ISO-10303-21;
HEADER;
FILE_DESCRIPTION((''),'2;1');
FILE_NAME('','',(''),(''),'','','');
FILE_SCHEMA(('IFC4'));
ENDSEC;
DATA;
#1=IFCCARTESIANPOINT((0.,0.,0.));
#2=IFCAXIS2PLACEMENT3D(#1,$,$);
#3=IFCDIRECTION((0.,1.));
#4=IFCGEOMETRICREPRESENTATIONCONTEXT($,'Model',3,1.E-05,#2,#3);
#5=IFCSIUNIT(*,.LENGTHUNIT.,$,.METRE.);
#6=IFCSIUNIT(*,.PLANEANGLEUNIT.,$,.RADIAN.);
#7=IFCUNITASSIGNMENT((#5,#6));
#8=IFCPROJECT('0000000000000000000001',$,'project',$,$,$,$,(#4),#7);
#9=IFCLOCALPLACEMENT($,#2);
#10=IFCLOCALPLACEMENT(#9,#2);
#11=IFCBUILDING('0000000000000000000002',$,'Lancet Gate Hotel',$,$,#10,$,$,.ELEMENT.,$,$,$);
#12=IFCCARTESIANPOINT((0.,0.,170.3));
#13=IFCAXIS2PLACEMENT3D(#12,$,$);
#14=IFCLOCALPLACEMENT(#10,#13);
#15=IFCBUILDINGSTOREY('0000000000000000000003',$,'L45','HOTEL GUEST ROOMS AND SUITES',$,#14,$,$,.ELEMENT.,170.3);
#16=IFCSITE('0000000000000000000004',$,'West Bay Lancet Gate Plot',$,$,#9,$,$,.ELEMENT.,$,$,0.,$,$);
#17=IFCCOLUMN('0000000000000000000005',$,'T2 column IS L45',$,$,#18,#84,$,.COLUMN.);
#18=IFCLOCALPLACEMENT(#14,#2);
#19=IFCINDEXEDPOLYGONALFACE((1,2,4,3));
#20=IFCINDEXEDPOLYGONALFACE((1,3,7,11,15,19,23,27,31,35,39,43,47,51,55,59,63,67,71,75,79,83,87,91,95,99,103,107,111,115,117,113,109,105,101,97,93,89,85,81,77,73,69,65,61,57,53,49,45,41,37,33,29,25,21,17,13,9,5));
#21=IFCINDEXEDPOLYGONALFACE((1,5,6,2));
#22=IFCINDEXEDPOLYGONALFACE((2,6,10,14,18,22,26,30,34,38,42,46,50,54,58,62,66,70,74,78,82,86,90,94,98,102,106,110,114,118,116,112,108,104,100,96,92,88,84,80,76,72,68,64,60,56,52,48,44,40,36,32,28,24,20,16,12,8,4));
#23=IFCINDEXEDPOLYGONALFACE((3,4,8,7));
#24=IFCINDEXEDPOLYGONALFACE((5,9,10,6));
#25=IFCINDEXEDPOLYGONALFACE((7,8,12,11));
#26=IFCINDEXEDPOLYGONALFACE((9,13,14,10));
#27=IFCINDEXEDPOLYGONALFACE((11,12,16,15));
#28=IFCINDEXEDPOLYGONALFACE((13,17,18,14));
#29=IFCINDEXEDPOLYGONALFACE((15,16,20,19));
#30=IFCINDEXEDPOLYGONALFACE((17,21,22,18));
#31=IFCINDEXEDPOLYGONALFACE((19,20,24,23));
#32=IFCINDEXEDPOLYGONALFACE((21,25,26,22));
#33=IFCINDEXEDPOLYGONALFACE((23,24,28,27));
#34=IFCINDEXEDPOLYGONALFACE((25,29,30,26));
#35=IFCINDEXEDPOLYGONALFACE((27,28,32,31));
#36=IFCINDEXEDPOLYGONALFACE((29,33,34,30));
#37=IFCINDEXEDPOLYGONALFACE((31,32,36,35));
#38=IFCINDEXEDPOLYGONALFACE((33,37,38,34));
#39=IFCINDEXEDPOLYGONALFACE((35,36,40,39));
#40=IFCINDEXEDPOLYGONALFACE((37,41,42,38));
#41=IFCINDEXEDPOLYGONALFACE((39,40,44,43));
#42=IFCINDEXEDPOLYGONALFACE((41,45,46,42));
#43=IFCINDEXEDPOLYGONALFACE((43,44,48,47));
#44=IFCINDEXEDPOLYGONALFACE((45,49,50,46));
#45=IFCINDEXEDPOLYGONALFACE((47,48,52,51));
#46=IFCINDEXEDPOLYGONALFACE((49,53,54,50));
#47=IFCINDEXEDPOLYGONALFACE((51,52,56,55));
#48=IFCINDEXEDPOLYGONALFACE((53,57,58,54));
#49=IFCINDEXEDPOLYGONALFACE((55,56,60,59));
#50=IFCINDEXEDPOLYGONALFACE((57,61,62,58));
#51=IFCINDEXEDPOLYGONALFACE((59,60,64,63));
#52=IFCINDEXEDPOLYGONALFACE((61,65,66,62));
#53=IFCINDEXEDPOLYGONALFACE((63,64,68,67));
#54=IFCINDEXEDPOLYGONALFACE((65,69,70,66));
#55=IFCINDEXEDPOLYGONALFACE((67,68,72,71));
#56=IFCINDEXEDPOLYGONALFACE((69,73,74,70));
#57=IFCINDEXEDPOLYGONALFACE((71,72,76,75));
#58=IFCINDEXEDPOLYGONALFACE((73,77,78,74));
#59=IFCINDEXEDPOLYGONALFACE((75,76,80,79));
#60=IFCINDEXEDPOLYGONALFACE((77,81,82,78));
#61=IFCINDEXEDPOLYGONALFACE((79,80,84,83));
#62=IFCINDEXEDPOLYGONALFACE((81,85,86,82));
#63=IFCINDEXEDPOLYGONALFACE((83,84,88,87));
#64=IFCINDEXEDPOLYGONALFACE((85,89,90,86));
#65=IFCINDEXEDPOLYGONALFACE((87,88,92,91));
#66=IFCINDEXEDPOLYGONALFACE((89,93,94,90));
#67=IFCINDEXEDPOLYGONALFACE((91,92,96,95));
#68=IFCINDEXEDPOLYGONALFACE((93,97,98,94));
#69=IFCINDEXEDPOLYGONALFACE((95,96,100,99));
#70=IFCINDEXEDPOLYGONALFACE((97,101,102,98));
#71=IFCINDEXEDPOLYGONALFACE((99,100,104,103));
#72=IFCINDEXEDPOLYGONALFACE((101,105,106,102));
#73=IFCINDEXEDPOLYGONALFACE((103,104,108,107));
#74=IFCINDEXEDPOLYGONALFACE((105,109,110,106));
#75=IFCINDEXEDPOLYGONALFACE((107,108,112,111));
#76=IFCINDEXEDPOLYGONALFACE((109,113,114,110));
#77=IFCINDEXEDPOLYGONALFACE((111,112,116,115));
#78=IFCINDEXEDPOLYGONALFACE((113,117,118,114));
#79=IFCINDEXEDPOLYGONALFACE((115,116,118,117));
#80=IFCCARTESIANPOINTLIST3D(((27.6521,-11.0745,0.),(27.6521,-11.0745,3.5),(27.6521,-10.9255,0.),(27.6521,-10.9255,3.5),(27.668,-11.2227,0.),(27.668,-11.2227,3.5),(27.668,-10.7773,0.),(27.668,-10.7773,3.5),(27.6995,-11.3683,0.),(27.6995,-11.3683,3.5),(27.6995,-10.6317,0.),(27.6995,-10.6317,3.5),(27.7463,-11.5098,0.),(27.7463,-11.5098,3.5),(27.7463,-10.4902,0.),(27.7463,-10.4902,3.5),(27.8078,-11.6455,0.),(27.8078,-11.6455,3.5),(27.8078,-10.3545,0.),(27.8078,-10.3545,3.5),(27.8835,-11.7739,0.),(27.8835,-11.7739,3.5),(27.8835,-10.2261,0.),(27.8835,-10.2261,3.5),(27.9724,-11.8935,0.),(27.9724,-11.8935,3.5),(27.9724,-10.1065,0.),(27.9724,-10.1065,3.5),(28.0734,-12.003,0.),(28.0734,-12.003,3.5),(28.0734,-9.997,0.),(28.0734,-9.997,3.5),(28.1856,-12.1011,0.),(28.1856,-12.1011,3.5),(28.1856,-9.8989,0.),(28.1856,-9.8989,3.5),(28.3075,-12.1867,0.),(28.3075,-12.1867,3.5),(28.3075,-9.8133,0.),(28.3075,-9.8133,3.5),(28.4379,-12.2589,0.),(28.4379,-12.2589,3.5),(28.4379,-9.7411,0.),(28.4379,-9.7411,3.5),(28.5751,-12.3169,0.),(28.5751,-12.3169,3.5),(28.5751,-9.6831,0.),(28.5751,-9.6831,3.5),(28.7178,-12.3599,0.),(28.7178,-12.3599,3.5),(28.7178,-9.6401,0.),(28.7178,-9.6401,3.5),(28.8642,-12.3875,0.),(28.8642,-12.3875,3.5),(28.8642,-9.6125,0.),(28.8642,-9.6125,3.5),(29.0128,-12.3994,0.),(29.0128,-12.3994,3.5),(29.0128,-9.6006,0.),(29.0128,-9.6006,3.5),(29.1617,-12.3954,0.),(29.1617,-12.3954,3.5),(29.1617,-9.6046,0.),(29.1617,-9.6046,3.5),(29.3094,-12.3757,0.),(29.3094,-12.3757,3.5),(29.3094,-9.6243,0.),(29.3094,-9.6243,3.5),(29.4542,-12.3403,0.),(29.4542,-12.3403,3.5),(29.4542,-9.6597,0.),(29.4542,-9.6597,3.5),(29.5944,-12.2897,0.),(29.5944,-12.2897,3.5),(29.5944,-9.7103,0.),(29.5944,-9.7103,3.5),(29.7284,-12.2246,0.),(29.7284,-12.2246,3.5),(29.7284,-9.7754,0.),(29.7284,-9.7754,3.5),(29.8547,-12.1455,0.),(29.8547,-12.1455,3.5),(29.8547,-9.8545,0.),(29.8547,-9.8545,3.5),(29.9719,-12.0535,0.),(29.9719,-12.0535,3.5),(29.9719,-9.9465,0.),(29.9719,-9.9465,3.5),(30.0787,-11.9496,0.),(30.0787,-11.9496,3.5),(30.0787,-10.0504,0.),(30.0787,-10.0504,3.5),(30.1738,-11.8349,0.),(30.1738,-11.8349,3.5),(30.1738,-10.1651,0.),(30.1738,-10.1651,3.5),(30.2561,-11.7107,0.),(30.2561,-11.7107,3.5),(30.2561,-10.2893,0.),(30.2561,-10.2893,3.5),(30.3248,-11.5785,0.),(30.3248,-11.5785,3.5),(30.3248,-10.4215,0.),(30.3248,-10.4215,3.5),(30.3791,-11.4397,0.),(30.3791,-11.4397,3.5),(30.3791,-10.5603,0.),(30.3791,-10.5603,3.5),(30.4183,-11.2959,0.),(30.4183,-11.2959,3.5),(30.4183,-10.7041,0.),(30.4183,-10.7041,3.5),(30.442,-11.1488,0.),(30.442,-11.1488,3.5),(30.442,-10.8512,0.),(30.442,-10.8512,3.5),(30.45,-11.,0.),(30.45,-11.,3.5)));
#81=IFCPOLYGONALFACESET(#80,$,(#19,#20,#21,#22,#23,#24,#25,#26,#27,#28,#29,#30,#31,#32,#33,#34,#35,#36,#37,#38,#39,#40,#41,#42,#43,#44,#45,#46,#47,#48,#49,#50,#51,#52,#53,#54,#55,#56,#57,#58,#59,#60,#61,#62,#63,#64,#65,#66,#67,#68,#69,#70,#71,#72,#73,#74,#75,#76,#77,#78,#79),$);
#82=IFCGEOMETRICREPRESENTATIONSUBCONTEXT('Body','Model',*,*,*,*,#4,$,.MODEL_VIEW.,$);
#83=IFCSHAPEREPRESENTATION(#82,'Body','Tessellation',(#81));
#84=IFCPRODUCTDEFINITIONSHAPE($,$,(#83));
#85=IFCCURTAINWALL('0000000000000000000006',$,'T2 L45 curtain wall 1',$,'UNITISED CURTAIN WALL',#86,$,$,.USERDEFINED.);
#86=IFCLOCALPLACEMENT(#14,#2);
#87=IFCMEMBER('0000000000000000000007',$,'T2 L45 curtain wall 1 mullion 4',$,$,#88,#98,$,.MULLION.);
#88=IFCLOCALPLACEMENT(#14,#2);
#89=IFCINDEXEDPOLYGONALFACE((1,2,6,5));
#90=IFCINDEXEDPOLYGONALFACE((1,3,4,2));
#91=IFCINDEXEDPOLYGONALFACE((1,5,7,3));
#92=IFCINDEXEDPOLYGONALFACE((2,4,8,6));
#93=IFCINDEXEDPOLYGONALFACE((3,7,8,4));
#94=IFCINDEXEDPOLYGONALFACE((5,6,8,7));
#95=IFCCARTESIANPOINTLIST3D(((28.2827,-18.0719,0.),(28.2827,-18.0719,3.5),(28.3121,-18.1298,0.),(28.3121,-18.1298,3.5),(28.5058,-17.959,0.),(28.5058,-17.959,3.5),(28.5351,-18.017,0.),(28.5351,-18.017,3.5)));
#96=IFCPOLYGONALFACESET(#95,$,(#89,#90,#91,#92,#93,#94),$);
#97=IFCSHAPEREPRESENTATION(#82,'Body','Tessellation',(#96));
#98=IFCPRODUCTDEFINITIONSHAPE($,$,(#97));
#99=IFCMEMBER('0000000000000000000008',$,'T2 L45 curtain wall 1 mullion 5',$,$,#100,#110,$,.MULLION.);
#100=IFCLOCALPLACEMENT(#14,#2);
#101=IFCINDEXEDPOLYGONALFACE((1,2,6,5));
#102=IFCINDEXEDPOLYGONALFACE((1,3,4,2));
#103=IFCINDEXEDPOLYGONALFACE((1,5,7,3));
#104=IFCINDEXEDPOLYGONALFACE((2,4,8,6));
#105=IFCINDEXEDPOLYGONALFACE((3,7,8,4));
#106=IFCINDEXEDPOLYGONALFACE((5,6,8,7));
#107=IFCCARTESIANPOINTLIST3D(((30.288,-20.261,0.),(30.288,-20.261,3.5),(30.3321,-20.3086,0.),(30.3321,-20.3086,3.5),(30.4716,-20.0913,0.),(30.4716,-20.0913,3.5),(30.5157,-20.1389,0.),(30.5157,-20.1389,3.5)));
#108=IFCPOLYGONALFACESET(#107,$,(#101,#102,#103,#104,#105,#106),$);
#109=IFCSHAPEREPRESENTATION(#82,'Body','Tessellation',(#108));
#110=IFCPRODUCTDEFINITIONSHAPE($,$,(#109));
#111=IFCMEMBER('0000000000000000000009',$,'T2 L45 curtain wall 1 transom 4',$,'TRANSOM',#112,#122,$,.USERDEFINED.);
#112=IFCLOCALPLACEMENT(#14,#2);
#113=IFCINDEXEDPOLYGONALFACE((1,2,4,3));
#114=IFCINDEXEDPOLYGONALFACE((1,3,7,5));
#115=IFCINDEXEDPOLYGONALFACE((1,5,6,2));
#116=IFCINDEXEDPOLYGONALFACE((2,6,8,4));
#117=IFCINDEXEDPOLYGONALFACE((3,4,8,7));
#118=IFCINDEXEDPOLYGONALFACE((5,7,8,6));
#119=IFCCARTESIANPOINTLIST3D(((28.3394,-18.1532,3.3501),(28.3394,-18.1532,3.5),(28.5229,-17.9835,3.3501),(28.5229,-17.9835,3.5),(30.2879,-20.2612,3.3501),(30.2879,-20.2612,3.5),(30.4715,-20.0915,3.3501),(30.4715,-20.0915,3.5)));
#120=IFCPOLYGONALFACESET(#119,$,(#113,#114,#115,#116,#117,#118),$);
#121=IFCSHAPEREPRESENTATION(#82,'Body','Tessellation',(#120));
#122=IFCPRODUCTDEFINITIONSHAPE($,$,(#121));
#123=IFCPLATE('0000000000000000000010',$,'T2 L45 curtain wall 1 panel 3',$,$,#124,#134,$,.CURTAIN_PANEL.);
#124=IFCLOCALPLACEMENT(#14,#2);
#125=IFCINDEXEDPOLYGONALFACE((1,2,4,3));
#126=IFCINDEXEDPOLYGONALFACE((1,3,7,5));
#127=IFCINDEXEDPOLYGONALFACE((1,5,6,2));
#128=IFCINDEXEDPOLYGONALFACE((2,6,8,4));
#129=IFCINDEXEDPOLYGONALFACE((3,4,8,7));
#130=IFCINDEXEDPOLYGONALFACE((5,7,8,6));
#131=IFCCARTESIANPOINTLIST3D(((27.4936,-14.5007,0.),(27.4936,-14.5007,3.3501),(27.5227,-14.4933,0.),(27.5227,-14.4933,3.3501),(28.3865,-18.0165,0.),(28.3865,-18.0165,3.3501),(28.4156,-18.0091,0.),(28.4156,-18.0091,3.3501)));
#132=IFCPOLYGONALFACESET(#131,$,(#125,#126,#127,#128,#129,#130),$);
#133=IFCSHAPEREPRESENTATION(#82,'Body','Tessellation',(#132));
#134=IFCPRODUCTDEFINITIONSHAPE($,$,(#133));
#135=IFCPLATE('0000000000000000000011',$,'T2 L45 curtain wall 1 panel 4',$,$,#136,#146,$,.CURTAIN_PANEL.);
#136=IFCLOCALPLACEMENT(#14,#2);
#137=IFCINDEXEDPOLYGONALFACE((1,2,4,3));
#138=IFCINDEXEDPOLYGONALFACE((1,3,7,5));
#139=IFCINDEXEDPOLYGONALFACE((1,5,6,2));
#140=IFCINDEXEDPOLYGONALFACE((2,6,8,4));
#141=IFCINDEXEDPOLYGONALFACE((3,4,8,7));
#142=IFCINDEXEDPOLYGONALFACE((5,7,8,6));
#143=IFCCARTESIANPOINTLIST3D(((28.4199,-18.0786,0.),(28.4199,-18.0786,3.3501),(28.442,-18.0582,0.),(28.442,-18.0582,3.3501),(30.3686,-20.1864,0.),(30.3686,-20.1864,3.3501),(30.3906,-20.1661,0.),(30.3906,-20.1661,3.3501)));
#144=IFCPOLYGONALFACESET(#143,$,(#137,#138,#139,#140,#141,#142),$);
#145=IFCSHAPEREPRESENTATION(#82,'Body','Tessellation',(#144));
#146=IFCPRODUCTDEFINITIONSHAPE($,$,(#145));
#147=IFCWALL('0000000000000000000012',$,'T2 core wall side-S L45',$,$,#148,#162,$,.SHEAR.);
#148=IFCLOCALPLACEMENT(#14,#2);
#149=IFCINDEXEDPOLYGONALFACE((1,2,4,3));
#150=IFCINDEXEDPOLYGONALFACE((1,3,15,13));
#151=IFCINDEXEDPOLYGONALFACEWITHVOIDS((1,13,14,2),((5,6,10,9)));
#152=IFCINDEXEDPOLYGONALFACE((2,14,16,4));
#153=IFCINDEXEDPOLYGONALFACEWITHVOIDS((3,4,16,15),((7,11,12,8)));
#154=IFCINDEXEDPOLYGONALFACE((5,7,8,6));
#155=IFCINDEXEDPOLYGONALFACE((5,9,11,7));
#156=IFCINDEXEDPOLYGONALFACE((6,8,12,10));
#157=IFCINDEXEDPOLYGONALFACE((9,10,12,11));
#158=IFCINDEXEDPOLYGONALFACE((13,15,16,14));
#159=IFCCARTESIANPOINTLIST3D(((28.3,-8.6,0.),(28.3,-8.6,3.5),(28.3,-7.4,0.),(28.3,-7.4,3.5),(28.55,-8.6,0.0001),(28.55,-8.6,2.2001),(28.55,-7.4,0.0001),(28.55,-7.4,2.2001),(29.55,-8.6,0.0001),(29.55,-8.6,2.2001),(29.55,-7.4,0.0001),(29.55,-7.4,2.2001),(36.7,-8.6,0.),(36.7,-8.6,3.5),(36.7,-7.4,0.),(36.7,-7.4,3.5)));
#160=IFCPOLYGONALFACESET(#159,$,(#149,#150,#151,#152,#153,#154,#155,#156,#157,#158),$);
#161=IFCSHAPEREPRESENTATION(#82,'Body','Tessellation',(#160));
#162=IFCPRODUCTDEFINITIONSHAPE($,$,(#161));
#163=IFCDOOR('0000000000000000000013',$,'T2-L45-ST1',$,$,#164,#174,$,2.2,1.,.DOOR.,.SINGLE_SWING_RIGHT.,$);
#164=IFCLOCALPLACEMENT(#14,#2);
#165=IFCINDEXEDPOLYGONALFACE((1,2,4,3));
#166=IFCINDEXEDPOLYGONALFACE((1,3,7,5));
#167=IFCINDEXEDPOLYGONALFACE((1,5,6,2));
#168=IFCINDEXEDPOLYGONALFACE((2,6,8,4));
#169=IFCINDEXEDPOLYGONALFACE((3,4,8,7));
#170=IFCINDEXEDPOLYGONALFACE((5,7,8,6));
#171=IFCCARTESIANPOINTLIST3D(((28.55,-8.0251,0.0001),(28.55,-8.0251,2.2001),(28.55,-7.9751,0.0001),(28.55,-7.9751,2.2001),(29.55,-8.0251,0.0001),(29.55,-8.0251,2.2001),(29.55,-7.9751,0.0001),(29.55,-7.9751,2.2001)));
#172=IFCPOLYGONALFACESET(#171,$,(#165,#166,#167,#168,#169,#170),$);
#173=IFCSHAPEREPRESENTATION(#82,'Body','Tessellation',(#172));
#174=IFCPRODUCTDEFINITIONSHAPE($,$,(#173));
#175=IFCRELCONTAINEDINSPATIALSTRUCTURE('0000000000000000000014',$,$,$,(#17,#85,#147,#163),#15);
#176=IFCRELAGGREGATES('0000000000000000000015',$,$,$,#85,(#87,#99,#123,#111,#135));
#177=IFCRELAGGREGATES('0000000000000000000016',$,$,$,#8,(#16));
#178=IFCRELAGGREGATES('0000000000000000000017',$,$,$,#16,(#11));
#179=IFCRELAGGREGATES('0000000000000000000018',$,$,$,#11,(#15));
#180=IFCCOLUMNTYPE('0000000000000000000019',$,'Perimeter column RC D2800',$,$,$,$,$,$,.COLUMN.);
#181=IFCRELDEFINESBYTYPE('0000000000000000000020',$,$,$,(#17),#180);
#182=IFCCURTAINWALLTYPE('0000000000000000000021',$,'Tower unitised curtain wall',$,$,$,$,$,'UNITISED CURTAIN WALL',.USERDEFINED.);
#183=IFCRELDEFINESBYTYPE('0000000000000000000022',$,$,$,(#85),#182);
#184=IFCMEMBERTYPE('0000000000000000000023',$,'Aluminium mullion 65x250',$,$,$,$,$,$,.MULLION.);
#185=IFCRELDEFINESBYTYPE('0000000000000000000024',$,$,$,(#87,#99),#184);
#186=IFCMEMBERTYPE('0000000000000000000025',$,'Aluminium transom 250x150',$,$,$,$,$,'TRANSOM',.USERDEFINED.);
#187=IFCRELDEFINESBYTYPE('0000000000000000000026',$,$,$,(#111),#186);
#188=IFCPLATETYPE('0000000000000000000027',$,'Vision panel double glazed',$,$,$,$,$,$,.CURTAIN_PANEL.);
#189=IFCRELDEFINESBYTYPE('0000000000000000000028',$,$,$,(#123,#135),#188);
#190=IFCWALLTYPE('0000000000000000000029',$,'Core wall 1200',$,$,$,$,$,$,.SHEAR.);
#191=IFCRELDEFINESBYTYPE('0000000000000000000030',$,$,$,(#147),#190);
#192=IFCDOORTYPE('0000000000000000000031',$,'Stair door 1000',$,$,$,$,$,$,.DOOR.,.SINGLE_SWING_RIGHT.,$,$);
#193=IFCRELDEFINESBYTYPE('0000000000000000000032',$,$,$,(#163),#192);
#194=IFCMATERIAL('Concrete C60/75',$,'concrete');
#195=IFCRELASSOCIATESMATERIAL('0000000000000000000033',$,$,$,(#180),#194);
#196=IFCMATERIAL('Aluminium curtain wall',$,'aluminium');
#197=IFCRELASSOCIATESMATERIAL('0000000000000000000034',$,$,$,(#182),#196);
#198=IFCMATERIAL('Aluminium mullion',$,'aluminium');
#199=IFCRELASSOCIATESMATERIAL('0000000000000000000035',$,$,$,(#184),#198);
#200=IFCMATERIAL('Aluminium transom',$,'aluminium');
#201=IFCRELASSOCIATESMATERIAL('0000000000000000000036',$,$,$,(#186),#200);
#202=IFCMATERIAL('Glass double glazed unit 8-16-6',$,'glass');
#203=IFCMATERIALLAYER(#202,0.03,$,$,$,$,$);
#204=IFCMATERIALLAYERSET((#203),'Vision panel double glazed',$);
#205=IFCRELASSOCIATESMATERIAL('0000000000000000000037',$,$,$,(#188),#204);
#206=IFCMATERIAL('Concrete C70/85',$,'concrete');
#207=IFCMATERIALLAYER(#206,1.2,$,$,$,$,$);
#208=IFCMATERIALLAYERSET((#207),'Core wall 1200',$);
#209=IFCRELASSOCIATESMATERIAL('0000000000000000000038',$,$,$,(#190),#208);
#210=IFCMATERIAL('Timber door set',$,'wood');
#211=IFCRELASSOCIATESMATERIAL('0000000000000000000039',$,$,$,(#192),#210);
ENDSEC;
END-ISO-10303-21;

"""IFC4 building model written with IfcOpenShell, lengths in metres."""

from ifc_helpers import new_model, si_unit, direction, frame, frame_2d, origin, origin_2d, place, context, subcontext, project, spatial, rectangle, circle, extrude, material, layer, layer_set, material_profile, profile_set, type_object, element, fill, aggregate, save


model = new_model("IFC4")

# Units and contexts
model_context = context("Model", 3, precision=1e-05, world=origin(), true_north=direction((0.0, 1.0)))
body_context = subcontext(model_context, "Body", "Model", "MODEL_VIEW")
ifc_project = project(units=[si_unit("LENGTHUNIT", "METRE"), si_unit("PLANEANGLEUNIT", "RADIAN")], contexts=[model_context])

# Site, building, storey
site_placement = place(None, origin())
site = spatial("IfcSite", under=ifc_project, at=site_placement, Name="West Bay Lancet Gate Plot", CompositionType="ELEMENT", RefElevation=0.0)
building_placement = place(site_placement, origin())
building = spatial("IfcBuilding", under=site, at=building_placement, Name="Lancet Gate Hotel", CompositionType="ELEMENT")
storey_placement = place(building_placement, frame((0.0, 0.0, 170.3)))
storey = spatial("IfcBuildingStorey", under=building, at=storey_placement, Name="L45", Description="HOTEL GUEST ROOMS AND SUITES", CompositionType="ELEMENT", Elevation=170.3)

# Column
ifc_material_1 = material(Name="Concrete C60/75", Category="concrete")
ifc_material_profile_1 = material_profile(ifc_material_1, circle(Radius=1.3999, at=origin_2d()), Name="RC D2800")
ifc_profile_set_1 = profile_set([ifc_material_profile_1], Name="Concrete C60/75")
column_type = type_object("IfcColumnType", Name="Perimeter column RC D2800", PredefinedType="COLUMN", material=ifc_profile_set_1)
column_placement = place(storey_placement, frame((29.05, -11.0, 0.0), z_axis=(0.0, 0.0, 1.0), x_axis=(1.0, 0.0, 0.0)))
element("IfcColumn", 1, at=column_placement, inside=storey, type_object=column_type, Name="T2 column IS L45", PredefinedType="COLUMN", context=body_context, shape_type="SweptSolid", body=[
    extrude(circle(Radius=1.3999, at=origin_2d()), origin(), (0.0, 0.0, 1.0), 3.5),
])

# Curtain wall, members, plates
ifc_material_2 = material(Name="Aluminium curtain wall", Category="aluminium")
curtain_wall_type = type_object("IfcCurtainWallType", Name="Tower unitised curtain wall", ElementType="UNITISED CURTAIN WALL", PredefinedType="USERDEFINED", material=ifc_material_2)
curtain_wall_placement = place(storey_placement, origin())
curtain_wall = element("IfcCurtainWall", 2, at=curtain_wall_placement, inside=storey, type_object=curtain_wall_type, Name="T2 L45 curtain wall 1", ObjectType="UNITISED CURTAIN WALL", PredefinedType="USERDEFINED")
ifc_material_3 = material(Name="Aluminium mullion", Category="aluminium")
ifc_material_profile_2 = material_profile(ifc_material_3, rectangle(XDim=0.0649, YDim=0.25, at=origin_2d()), Name="MULLION 65x250")
ifc_profile_set_2 = profile_set([ifc_material_profile_2], Name="Aluminium mullion")
member_type_1 = type_object("IfcMemberType", Name="Aluminium mullion 65x250", PredefinedType="MULLION", material=ifc_profile_set_2)
member_1_placement = place(storey_placement, frame((28.4089, -18.0444, 0.0), z_axis=(0.0, 0.0, 1.0), x_axis=(0.451506, -0.892268, 0.0)))
member_1 = element("IfcMember", 3, at=member_1_placement, type_object=member_type_1, Name="T2 L45 curtain wall 1 mullion 4", PredefinedType="MULLION", context=body_context, shape_type="SweptSolid", body=[
    extrude(rectangle(XDim=0.0649, YDim=0.25, at=origin_2d()), origin(), (0.0, 0.0, 1.0), 3.5),
])
member_2_placement = place(storey_placement, frame((30.4019, -20.2, 0.0), z_axis=(0.0, 0.0, 1.0), x_axis=(0.678831, -0.734294, 0.0)))
member_2 = element("IfcMember", 4, at=member_2_placement, type_object=member_type_1, Name="T2 L45 curtain wall 1 mullion 5", PredefinedType="MULLION", context=body_context, shape_type="SweptSolid", body=[
    extrude(rectangle(XDim=0.0649, YDim=0.25, at=origin_2d()), origin(), (0.0, 0.0, 1.0), 3.5),
])
ifc_material_4 = material(Name="Aluminium transom", Category="aluminium")
ifc_material_profile_3 = material_profile(ifc_material_4, rectangle(XDim=0.25, YDim=0.1499, at=origin_2d()), Name="TRANSOM 250x150")
ifc_profile_set_3 = profile_set([ifc_material_profile_3], Name="Aluminium transom")
member_type_2 = type_object("IfcMemberType", Name="Aluminium transom 250x150", ElementType="TRANSOM", PredefinedType="USERDEFINED", material=ifc_profile_set_3)
member_3_placement = place(storey_placement, frame((28.4312, -18.0684, 3.425), z_axis=(0.678792, -0.73433, 0.0), x_axis=(0.73433, 0.678792, 0.0)))
member_3 = element("IfcMember", 5, at=member_3_placement, type_object=member_type_2, Name="T2 L45 curtain wall 1 transom 4", ObjectType="TRANSOM", PredefinedType="USERDEFINED", context=body_context, shape_type="SweptSolid", body=[
    extrude(rectangle(XDim=0.25, YDim=0.1499, at=origin_2d()), origin(), (0.0, 0.0, 1.0), 2.8706),
])
ifc_material_5 = material(Name="Glass double glazed unit 8-16-6", Category="glass")
ifc_layer_1 = layer(ifc_material_5, 0.03)
ifc_layer_set_1 = layer_set([ifc_layer_1], Name="Vision panel double glazed")
plate_type = type_object("IfcPlateType", Name="Vision panel double glazed", PredefinedType="CURTAIN_PANEL", material=ifc_layer_set_1)
plate_1_placement = place(storey_placement, frame((27.9546, -16.2549, 0.0), z_axis=(0.0, 0.0, 1.0), x_axis=(0.246167, -0.969228, 0.0)))
plate_1 = element("IfcPlate", 6, at=plate_1_placement, type_object=plate_type, Name="T2 L45 curtain wall 1 panel 3", PredefinedType="CURTAIN_PANEL", context=body_context, shape_type="SweptSolid", body=[
    extrude(rectangle(XDim=3.6274, YDim=0.03, at=origin_2d()), origin(), (0.0, 0.0, 1.0), 3.3501),
])
plate_2_placement = place(storey_placement, frame((29.4053, -19.1223, 0.0), z_axis=(0.0, 0.0, 1.0), x_axis=(0.678831, -0.734294, 0.0)))
plate_2 = element("IfcPlate", 7, at=plate_2_placement, type_object=plate_type, Name="T2 L45 curtain wall 1 panel 4", PredefinedType="CURTAIN_PANEL", context=body_context, shape_type="SweptSolid", body=[
    extrude(rectangle(XDim=2.8706, YDim=0.03, at=origin_2d()), origin(), (0.0, 0.0, 1.0), 3.3501),
])
aggregate(curtain_wall, [member_1, member_2, plate_1, member_3, plate_2])

# Wall, opening, door
ifc_material_6 = material(Name="Concrete C70/85", Category="concrete")
ifc_layer_2 = layer(ifc_material_6, 1.2)
ifc_layer_set_2 = layer_set([ifc_layer_2], Name="Core wall 1200")
wall_type_1 = type_object("IfcWallType", Name="Core wall 1200", PredefinedType="SHEAR", material=ifc_layer_set_2)
wall_1_placement = place(storey_placement, frame((28.3, -8.0, 0.0), z_axis=(0.0, 0.0, 1.0), x_axis=(1.0, 0.0, 0.0)))
wall_1 = element("IfcWall", 8, at=wall_1_placement, inside=storey, type_object=wall_type_1, Name="T2 core wall side-S L45", PredefinedType="SHEAR", context=body_context, shape_type="SweptSolid", body=[
    extrude(rectangle(XDim=8.3999, YDim=1.2, at=frame_2d((4.2, 0.0))), origin(), (0.0, 0.0, 1.0), 3.5),
])
opening_1_placement = place(wall_1_placement, frame((0.25, 0.0, 0.0)))
opening_1 = element("IfcOpeningElement", 9, at=opening_1_placement, cuts=wall_1, PredefinedType="OPENING", context=body_context, shape_type="SweptSolid", body=[
    extrude(rectangle(XDim=1.0, YDim=2.2, at=frame_2d((0.5, 1.1001))), frame((0.0, 0.6099, 0.0), z_axis=(0.0, -1.0, 0.0), x_axis=(1.0, 0.0, 0.0)), (0.0, 0.0, 1.0), 1.22),
])
ifc_material_7 = material(Name="Timber door set", Category="wood")
door_type_1 = type_object("IfcDoorType", Name="Stair door 1000", OperationType="SINGLE_SWING_RIGHT", PredefinedType="DOOR", material=ifc_material_7)
door_1_placement = place(opening_1_placement, origin())
door_1 = element("IfcDoor", 10, at=door_1_placement, inside=storey, type_object=door_type_1, Name="T2-L45-ST1", OperationType="SINGLE_SWING_RIGHT", OverallHeight=2.2, OverallWidth=1.0, PredefinedType="DOOR", context=body_context, shape_type="SweptSolid", body=[
    extrude(rectangle(XDim=1.0, YDim=2.2, at=frame_2d((0.5, 1.1001))), frame((0.0, 0.0249, 0.0), z_axis=(0.0, -1.0, 0.0), x_axis=(1.0, 0.0, 0.0)), (0.0, 0.0, 1.0), 0.05),
])
fill(opening_1, door_1)

save(model, "model.ifc")
